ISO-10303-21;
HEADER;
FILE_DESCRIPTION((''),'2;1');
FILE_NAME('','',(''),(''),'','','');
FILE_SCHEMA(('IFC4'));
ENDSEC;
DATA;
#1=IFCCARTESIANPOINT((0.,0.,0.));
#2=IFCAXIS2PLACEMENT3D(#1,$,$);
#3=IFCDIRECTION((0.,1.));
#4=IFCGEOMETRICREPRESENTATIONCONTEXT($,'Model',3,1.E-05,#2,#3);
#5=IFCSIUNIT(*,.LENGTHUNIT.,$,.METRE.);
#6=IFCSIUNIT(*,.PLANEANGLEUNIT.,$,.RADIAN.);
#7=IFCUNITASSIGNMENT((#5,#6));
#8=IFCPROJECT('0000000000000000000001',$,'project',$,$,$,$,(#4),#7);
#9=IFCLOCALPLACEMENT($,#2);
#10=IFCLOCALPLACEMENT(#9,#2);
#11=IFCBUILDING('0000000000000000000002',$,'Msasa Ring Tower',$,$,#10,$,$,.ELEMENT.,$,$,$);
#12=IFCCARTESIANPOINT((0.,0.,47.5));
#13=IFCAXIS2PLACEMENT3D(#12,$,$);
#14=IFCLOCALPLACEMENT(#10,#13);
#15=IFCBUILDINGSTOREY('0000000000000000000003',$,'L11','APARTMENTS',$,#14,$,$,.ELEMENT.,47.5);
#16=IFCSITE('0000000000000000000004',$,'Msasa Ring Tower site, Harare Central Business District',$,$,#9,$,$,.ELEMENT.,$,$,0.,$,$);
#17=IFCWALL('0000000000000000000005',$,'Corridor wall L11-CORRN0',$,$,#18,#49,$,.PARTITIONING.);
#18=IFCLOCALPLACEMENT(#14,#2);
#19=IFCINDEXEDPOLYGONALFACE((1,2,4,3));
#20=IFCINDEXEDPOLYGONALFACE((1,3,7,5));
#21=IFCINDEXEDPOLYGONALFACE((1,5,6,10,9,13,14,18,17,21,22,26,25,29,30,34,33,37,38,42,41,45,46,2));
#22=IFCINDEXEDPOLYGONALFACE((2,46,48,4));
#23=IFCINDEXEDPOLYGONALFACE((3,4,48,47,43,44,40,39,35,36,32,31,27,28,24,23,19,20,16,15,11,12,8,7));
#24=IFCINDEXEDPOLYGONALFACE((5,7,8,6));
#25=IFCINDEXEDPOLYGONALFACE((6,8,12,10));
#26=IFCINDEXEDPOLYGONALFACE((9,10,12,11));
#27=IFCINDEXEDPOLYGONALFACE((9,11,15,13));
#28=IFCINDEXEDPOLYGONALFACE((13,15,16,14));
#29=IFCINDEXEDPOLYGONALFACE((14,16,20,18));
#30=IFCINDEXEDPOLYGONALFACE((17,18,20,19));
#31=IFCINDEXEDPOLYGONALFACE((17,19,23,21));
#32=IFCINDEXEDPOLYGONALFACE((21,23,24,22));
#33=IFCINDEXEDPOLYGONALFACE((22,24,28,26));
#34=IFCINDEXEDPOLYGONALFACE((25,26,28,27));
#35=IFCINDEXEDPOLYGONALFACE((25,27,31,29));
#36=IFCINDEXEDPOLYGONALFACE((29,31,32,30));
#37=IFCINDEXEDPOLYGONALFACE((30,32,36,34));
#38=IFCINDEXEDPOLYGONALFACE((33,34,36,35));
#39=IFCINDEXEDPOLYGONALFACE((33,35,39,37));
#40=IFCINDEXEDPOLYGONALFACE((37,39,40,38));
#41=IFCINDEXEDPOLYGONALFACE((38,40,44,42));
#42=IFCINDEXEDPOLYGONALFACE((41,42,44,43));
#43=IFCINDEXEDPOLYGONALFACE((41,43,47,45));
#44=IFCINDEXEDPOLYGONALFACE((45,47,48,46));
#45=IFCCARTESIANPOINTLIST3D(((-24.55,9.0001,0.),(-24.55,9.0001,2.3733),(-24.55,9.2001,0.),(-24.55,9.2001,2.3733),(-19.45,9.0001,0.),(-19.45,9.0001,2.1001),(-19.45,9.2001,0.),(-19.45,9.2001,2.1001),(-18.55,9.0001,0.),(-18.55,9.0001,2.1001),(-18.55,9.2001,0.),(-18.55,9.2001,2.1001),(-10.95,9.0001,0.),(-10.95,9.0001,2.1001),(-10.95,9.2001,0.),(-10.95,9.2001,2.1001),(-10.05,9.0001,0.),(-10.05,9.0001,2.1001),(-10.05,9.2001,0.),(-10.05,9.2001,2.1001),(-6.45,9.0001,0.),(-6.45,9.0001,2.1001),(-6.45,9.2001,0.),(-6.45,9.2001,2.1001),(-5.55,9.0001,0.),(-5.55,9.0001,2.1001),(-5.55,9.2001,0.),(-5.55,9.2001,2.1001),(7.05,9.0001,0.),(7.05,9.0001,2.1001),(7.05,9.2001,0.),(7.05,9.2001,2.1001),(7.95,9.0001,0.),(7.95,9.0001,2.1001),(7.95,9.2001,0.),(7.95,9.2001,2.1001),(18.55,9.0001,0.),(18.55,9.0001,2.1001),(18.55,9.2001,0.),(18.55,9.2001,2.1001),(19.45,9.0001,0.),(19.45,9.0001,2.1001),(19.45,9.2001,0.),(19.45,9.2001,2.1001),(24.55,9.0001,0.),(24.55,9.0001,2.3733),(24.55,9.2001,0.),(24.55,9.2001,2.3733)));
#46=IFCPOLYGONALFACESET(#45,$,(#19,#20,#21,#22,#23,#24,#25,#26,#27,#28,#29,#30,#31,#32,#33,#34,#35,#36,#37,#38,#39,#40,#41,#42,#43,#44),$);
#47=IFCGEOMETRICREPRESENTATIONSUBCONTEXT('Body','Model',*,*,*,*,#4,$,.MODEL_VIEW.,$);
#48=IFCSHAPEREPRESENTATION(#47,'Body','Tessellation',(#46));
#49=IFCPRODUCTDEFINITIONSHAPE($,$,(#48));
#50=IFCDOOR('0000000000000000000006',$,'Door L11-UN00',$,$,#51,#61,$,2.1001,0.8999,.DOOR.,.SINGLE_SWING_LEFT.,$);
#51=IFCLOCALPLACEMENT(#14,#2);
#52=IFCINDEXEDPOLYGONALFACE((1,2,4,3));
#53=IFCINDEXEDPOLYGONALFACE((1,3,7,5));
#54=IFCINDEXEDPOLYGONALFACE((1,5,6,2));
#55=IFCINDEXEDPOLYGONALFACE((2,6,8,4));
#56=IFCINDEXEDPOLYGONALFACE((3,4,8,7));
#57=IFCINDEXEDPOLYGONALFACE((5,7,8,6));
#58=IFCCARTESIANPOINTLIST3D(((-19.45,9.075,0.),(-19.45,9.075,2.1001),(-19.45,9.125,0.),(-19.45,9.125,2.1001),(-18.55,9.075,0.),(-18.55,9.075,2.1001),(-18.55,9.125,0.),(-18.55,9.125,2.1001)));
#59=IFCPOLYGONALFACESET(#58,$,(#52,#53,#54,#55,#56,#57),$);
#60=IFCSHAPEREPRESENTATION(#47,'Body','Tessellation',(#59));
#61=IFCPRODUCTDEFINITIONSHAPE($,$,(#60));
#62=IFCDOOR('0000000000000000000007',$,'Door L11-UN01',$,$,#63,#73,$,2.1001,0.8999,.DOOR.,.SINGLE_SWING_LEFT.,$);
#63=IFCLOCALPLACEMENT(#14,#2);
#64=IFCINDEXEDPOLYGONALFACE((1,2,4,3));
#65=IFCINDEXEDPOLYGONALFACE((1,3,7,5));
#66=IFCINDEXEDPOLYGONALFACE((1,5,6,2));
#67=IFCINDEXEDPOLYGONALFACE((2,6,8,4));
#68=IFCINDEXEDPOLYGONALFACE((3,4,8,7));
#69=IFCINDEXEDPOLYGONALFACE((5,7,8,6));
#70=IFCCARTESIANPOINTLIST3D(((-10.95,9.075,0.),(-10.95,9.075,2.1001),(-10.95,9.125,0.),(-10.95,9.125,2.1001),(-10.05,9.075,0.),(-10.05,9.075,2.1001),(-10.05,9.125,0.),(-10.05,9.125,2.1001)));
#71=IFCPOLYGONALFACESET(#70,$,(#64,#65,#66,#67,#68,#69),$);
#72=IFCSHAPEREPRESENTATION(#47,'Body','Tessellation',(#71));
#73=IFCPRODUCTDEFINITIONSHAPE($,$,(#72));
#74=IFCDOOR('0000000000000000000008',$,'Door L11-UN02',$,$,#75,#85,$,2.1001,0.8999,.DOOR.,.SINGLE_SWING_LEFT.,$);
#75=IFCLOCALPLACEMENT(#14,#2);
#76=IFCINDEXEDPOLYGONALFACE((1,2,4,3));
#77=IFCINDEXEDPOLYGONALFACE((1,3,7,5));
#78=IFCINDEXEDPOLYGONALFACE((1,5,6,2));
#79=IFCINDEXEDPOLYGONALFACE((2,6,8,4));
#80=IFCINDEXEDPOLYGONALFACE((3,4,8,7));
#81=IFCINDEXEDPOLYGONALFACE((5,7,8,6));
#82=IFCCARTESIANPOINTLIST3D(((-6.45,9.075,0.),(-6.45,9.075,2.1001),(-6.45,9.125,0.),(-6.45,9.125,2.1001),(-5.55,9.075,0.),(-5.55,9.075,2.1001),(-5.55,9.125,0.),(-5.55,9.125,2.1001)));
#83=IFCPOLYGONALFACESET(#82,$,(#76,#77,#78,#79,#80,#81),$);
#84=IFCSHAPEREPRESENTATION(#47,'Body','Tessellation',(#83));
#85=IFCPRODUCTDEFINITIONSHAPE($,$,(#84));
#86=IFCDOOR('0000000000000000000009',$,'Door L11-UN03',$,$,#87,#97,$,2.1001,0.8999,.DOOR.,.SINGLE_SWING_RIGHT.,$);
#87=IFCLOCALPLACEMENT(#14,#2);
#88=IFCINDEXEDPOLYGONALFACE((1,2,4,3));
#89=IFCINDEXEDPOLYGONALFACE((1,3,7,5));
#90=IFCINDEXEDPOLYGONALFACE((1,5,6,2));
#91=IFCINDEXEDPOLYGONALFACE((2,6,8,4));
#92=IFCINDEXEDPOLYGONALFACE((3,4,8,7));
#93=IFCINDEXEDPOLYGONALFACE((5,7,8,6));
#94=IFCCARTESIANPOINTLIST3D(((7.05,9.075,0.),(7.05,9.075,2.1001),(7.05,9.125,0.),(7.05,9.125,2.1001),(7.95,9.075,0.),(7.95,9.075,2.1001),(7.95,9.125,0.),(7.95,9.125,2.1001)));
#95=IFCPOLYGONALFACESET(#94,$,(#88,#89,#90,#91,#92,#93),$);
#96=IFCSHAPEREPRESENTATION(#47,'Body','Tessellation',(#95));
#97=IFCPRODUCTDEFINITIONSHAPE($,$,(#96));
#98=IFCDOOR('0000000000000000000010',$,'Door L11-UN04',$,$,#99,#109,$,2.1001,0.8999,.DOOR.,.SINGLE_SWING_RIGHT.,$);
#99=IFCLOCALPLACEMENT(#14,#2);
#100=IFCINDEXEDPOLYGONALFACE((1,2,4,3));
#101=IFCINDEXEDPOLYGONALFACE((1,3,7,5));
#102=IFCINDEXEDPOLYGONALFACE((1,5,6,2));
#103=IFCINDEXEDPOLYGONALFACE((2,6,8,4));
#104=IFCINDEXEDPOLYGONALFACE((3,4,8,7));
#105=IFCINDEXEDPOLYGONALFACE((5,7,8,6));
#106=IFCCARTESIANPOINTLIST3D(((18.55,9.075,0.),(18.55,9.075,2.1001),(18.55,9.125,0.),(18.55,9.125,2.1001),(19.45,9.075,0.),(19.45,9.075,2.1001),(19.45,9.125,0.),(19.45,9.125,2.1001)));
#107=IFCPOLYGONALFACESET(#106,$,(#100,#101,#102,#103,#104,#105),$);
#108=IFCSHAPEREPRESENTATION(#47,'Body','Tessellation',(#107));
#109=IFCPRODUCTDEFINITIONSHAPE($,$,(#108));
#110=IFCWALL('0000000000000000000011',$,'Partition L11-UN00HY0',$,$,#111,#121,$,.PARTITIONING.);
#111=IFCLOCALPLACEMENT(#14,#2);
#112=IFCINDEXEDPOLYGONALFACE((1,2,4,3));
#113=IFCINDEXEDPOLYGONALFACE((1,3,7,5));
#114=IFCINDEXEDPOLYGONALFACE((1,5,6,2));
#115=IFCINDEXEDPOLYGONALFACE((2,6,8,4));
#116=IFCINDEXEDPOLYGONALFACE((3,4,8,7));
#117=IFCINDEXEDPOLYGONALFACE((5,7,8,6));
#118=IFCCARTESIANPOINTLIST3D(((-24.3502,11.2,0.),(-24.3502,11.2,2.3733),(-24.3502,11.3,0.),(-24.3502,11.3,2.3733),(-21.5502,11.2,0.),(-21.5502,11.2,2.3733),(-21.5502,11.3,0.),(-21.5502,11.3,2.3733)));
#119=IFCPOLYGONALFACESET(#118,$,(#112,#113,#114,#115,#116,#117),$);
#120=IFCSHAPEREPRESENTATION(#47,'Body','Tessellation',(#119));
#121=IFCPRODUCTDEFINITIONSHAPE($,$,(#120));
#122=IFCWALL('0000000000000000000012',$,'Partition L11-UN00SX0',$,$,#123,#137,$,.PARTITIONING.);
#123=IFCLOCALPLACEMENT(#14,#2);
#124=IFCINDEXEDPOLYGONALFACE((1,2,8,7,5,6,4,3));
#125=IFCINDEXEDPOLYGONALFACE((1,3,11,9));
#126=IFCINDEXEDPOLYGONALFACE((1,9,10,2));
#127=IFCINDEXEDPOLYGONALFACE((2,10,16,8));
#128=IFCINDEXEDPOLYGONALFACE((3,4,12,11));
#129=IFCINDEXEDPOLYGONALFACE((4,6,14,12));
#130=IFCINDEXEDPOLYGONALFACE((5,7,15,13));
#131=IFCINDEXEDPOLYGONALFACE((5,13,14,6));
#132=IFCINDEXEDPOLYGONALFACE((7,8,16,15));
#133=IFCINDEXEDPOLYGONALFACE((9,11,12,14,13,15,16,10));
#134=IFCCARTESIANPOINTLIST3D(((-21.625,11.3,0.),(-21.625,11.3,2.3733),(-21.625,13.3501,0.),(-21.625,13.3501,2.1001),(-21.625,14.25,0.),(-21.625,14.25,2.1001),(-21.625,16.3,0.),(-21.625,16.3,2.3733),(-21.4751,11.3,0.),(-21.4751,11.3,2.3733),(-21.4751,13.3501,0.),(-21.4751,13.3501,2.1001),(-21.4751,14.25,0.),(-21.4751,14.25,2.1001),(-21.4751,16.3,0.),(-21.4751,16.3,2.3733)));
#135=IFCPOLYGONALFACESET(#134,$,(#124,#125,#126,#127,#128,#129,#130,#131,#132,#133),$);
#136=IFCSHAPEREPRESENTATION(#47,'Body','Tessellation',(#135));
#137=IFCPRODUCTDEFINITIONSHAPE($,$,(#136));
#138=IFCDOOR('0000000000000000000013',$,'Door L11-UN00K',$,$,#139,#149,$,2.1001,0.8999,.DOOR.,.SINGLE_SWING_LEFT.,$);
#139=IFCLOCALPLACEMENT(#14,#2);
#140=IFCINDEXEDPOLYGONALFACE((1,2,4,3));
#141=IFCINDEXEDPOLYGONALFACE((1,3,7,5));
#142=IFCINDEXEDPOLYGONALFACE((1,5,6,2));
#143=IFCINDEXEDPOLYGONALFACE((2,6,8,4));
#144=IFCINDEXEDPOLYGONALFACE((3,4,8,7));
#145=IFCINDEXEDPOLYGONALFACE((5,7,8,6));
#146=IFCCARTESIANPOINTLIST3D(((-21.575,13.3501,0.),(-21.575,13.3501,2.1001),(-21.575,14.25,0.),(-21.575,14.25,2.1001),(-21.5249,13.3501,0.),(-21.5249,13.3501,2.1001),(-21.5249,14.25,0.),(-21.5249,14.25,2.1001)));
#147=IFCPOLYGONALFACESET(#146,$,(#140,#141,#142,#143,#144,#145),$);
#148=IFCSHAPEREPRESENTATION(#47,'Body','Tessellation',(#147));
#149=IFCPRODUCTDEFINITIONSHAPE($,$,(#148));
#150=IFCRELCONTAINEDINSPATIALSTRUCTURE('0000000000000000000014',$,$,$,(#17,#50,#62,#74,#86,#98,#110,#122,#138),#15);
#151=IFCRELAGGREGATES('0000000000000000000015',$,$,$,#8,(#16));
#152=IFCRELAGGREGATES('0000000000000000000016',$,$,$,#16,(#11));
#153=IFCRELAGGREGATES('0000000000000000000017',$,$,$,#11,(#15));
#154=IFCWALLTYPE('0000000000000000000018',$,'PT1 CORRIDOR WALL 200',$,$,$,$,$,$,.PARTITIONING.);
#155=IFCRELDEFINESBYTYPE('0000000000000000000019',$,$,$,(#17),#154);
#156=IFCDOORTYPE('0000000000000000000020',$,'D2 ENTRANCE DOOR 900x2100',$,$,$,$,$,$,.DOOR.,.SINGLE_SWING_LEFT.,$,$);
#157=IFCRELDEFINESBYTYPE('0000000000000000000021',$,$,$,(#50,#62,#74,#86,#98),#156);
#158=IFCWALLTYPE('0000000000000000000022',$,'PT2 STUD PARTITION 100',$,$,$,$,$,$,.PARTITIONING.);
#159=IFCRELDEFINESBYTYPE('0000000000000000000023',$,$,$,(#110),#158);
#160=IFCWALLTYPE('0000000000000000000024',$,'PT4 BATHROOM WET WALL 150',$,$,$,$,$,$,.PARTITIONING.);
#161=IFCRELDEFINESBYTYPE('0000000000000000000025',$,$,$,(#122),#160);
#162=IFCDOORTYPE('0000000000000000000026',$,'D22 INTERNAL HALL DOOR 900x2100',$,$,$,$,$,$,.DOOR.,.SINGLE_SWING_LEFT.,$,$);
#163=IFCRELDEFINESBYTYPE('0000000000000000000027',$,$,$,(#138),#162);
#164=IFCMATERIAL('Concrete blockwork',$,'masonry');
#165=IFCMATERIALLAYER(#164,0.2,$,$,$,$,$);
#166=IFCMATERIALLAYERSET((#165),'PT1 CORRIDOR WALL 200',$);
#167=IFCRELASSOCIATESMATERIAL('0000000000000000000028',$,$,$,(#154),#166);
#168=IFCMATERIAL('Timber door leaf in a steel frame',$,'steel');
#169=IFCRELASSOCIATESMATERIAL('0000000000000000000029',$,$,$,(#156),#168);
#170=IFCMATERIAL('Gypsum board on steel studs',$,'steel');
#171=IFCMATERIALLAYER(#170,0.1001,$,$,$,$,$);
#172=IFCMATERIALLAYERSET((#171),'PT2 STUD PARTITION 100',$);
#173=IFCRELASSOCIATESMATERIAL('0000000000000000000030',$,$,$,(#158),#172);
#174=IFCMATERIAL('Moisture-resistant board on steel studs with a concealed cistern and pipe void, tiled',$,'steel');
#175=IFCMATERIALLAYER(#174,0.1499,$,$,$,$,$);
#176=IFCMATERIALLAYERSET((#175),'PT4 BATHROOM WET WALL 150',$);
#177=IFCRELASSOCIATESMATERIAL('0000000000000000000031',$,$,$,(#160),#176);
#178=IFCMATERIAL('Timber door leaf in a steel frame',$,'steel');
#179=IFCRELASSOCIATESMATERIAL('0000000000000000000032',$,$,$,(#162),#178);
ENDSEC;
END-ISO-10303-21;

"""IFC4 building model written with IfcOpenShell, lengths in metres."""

from ifc_helpers import new_model, si_unit, direction, frame, frame_2d, origin, place, context, subcontext, project, spatial, rectangle, extrude, material, layer, layer_set, type_object, element, fill, save


model = new_model("IFC4")

# Units and contexts
model_context = context("Model", 3, precision=1e-05, world=origin(), true_north=direction((0.0, 1.0)))
body_context = subcontext(model_context, "Body", "Model", "MODEL_VIEW")
ifc_project = project(units=[si_unit("LENGTHUNIT", "METRE"), si_unit("PLANEANGLEUNIT", "RADIAN")], contexts=[model_context])

# Site, building, storey
site_placement = place(None, origin())
site = spatial("IfcSite", under=ifc_project, at=site_placement, Name="Msasa Ring Tower site, Harare Central Business District", CompositionType="ELEMENT", RefElevation=0.0)
building_placement = place(site_placement, origin())
building = spatial("IfcBuilding", under=site, at=building_placement, Name="Msasa Ring Tower", CompositionType="ELEMENT")
storey_placement = place(building_placement, frame((0.0, 0.0, 47.5)))
storey = spatial("IfcBuildingStorey", under=building, at=storey_placement, Name="L11", Description="APARTMENTS", CompositionType="ELEMENT", Elevation=47.5)

# Wall, openings, doors
ifc_material_1 = material(Name="Concrete blockwork", Category="masonry")
ifc_layer_1 = layer(ifc_material_1, 0.2)
ifc_layer_set_1 = layer_set([ifc_layer_1], Name="PT1 CORRIDOR WALL 200")
wall_type_1 = type_object("IfcWallType", Name="PT1 CORRIDOR WALL 200", PredefinedType="PARTITIONING", material=ifc_layer_set_1)
wall_1_placement = place(storey_placement, frame((-24.55, 9.1001, 0.0), z_axis=(0.0, 0.0, 1.0), x_axis=(1.0, 0.0, 0.0)))
wall_1 = element("IfcWall", 1, at=wall_1_placement, inside=storey, type_object=wall_type_1, Name="Corridor wall L11-CORRN0", PredefinedType="PARTITIONING", context=body_context, shape_type="SweptSolid", body=[
    extrude(rectangle(XDim=49.1001, YDim=0.2, at=frame_2d((24.55, 0.0))), origin(), (0.0, 0.0, 1.0), 2.3733),
])
opening_1_placement = place(wall_1_placement, frame((5.1001, 0.0, 0.0)))
opening_1 = element("IfcOpeningElement", 2, at=opening_1_placement, cuts=wall_1, PredefinedType="OPENING", context=body_context, shape_type="SweptSolid", body=[
    extrude(rectangle(XDim=0.8999, YDim=2.1001, at=frame_2d((0.45, 1.05))), frame((0.0, 0.1099, 0.0), z_axis=(0.0, -1.0, 0.0), x_axis=(1.0, 0.0, 0.0)), (0.0, 0.0, 1.0), 0.22),
])
opening_2_placement = place(wall_1_placement, frame((13.6001, 0.0, 0.0)))
opening_2 = element("IfcOpeningElement", 3, at=opening_2_placement, cuts=wall_1, PredefinedType="OPENING", context=body_context, shape_type="SweptSolid", body=[
    extrude(rectangle(XDim=0.8999, YDim=2.1001, at=frame_2d((0.45, 1.05))), frame((0.0, 0.1099, 0.0), z_axis=(0.0, -1.0, 0.0), x_axis=(1.0, 0.0, 0.0)), (0.0, 0.0, 1.0), 0.22),
])
opening_3_placement = place(wall_1_placement, frame((18.1001, 0.0, 0.0)))
opening_3 = element("IfcOpeningElement", 4, at=opening_3_placement, cuts=wall_1, PredefinedType="OPENING", context=body_context, shape_type="SweptSolid", body=[
    extrude(rectangle(XDim=0.8999, YDim=2.1001, at=frame_2d((0.45, 1.05))), frame((0.0, 0.1099, 0.0), z_axis=(0.0, -1.0, 0.0), x_axis=(1.0, 0.0, 0.0)), (0.0, 0.0, 1.0), 0.22),
])
opening_4_placement = place(wall_1_placement, frame((31.6001, 0.0, 0.0)))
opening_4 = element("IfcOpeningElement", 5, at=opening_4_placement, cuts=wall_1, PredefinedType="OPENING", context=body_context, shape_type="SweptSolid", body=[
    extrude(rectangle(XDim=0.8999, YDim=2.1001, at=frame_2d((0.45, 1.05))), frame((0.0, 0.1099, 0.0), z_axis=(0.0, -1.0, 0.0), x_axis=(1.0, 0.0, 0.0)), (0.0, 0.0, 1.0), 0.22),
])
opening_5_placement = place(wall_1_placement, frame((43.1001, 0.0, 0.0)))
opening_5 = element("IfcOpeningElement", 6, at=opening_5_placement, cuts=wall_1, PredefinedType="OPENING", context=body_context, shape_type="SweptSolid", body=[
    extrude(rectangle(XDim=0.8999, YDim=2.1001, at=frame_2d((0.45, 1.05))), frame((0.0, 0.1099, 0.0), z_axis=(0.0, -1.0, 0.0), x_axis=(1.0, 0.0, 0.0)), (0.0, 0.0, 1.0), 0.22),
])
ifc_material_2 = material(Name="Timber door leaf in a steel frame", Category="steel")
door_type_1 = type_object("IfcDoorType", Name="D2 ENTRANCE DOOR 900x2100", OperationType="SINGLE_SWING_LEFT", PredefinedType="DOOR", material=ifc_material_2)
door_1_placement = place(opening_1_placement, origin())
door_1 = element("IfcDoor", 7, at=door_1_placement, inside=storey, type_object=door_type_1, Name="Door L11-UN00", OperationType="SINGLE_SWING_LEFT", OverallHeight=2.1001, OverallWidth=0.8999, PredefinedType="DOOR", context=body_context, shape_type="SweptSolid", body=[
    extrude(rectangle(XDim=0.8999, YDim=2.1001, at=frame_2d((0.45, 1.05))), frame((0.0, 0.0249, 0.0), z_axis=(0.0, -1.0, 0.0), x_axis=(1.0, 0.0, 0.0)), (0.0, 0.0, 1.0), 0.05),
])
fill(opening_1, door_1)
door_2_placement = place(opening_2_placement, origin())
door_2 = element("IfcDoor", 8, at=door_2_placement, inside=storey, type_object=door_type_1, Name="Door L11-UN01", OperationType="SINGLE_SWING_LEFT", OverallHeight=2.1001, OverallWidth=0.8999, PredefinedType="DOOR", context=body_context, shape_type="SweptSolid", body=[
    extrude(rectangle(XDim=0.8999, YDim=2.1001, at=frame_2d((0.45, 1.05))), frame((0.0, 0.0249, 0.0), z_axis=(0.0, -1.0, 0.0), x_axis=(1.0, 0.0, 0.0)), (0.0, 0.0, 1.0), 0.05),
])
fill(opening_2, door_2)
door_3_placement = place(opening_3_placement, origin())
door_3 = element("IfcDoor", 9, at=door_3_placement, inside=storey, type_object=door_type_1, Name="Door L11-UN02", OperationType="SINGLE_SWING_LEFT", OverallHeight=2.1001, OverallWidth=0.8999, PredefinedType="DOOR", context=body_context, shape_type="SweptSolid", body=[
    extrude(rectangle(XDim=0.8999, YDim=2.1001, at=frame_2d((0.45, 1.05))), frame((0.0, 0.0249, 0.0), z_axis=(0.0, -1.0, 0.0), x_axis=(1.0, 0.0, 0.0)), (0.0, 0.0, 1.0), 0.05),
])
fill(opening_3, door_3)
door_4_placement = place(opening_4_placement, origin())
door_4 = element("IfcDoor", 10, at=door_4_placement, inside=storey, type_object=door_type_1, Name="Door L11-UN03", OperationType="SINGLE_SWING_RIGHT", OverallHeight=2.1001, OverallWidth=0.8999, PredefinedType="DOOR", context=body_context, shape_type="SweptSolid", body=[
    extrude(rectangle(XDim=0.8999, YDim=2.1001, at=frame_2d((0.45, 1.05))), frame((0.0, 0.0249, 0.0), z_axis=(0.0, -1.0, 0.0), x_axis=(1.0, 0.0, 0.0)), (0.0, 0.0, 1.0), 0.05),
])
fill(opening_4, door_4)
door_5_placement = place(opening_5_placement, origin())
door_5 = element("IfcDoor", 11, at=door_5_placement, inside=storey, type_object=door_type_1, Name="Door L11-UN04", OperationType="SINGLE_SWING_RIGHT", OverallHeight=2.1001, OverallWidth=0.8999, PredefinedType="DOOR", context=body_context, shape_type="SweptSolid", body=[
    extrude(rectangle(XDim=0.8999, YDim=2.1001, at=frame_2d((0.45, 1.05))), frame((0.0, 0.0249, 0.0), z_axis=(0.0, -1.0, 0.0), x_axis=(1.0, 0.0, 0.0)), (0.0, 0.0, 1.0), 0.05),
])
fill(opening_5, door_5)

# Wall
ifc_material_3 = material(Name="Gypsum board on steel studs", Category="steel")
ifc_layer_2 = layer(ifc_material_3, 0.1001)
ifc_layer_set_2 = layer_set([ifc_layer_2], Name="PT2 STUD PARTITION 100")
wall_type_2 = type_object("IfcWallType", Name="PT2 STUD PARTITION 100", PredefinedType="PARTITIONING", material=ifc_layer_set_2)
wall_2_placement = place(storey_placement, frame((-24.3501, 11.25, 0.0), z_axis=(0.0, 0.0, 1.0), x_axis=(1.0, 0.0, 0.0)))
element("IfcWall", 12, at=wall_2_placement, inside=storey, type_object=wall_type_2, Name="Partition L11-UN00HY0", PredefinedType="PARTITIONING", context=body_context, shape_type="SweptSolid", body=[
    extrude(rectangle(XDim=2.8, YDim=0.1001, at=frame_2d((1.3999, 0.0))), origin(), (0.0, 0.0, 1.0), 2.3733),
])

# Wall, opening, door
ifc_material_4 = material(Name="Moisture-resistant board on steel studs with a concealed cistern and pipe void, tiled", Category="steel")
ifc_layer_3 = layer(ifc_material_4, 0.1499)
ifc_layer_set_3 = layer_set([ifc_layer_3], Name="PT4 BATHROOM WET WALL 150")
wall_type_3 = type_object("IfcWallType", Name="PT4 BATHROOM WET WALL 150", PredefinedType="PARTITIONING", material=ifc_layer_set_3)
wall_3_placement = place(storey_placement, frame((-21.55, 11.3, 0.0), z_axis=(0.0, 0.0, 1.0), x_axis=(0.0, 1.0, 0.0)))
wall_3 = element("IfcWall", 13, at=wall_3_placement, inside=storey, type_object=wall_type_3, Name="Partition L11-UN00SX0", PredefinedType="PARTITIONING", context=body_context, shape_type="SweptSolid", body=[
    extrude(rectangle(XDim=5.0, YDim=0.1499, at=frame_2d((2.5, 0.0))), origin(), (0.0, 0.0, 1.0), 2.3733),
])
opening_6_placement = place(wall_3_placement, frame((2.05, 0.0, 0.0)))
opening_6 = element("IfcOpeningElement", 14, at=opening_6_placement, cuts=wall_3, PredefinedType="OPENING", context=body_context, shape_type="SweptSolid", body=[
    extrude(rectangle(XDim=0.8999, YDim=2.1001, at=frame_2d((0.45, 1.05))), frame((0.0, 0.085, 0.0), z_axis=(0.0, -1.0, 0.0), x_axis=(1.0, 0.0, 0.0)), (0.0, 0.0, 1.0), 0.1699),
])
ifc_material_5 = material(Name="Timber door leaf in a steel frame", Category="steel")
door_type_2 = type_object("IfcDoorType", Name="D22 INTERNAL HALL DOOR 900x2100", OperationType="SINGLE_SWING_LEFT", PredefinedType="DOOR", material=ifc_material_5)
door_6_placement = place(opening_6_placement, origin())
door_6 = element("IfcDoor", 15, at=door_6_placement, inside=storey, type_object=door_type_2, Name="Door L11-UN00K", OperationType="SINGLE_SWING_LEFT", OverallHeight=2.1001, OverallWidth=0.8999, PredefinedType="DOOR", context=body_context, shape_type="SweptSolid", body=[
    extrude(rectangle(XDim=0.8999, YDim=2.1001, at=frame_2d((0.45, 1.05))), frame((0.0, 0.0249, 0.0), z_axis=(0.0, -1.0, 0.0), x_axis=(1.0, 0.0, 0.0)), (0.0, 0.0, 1.0), 0.05),
])
fill(opening_6, door_6)

save(model, "model.ifc")
